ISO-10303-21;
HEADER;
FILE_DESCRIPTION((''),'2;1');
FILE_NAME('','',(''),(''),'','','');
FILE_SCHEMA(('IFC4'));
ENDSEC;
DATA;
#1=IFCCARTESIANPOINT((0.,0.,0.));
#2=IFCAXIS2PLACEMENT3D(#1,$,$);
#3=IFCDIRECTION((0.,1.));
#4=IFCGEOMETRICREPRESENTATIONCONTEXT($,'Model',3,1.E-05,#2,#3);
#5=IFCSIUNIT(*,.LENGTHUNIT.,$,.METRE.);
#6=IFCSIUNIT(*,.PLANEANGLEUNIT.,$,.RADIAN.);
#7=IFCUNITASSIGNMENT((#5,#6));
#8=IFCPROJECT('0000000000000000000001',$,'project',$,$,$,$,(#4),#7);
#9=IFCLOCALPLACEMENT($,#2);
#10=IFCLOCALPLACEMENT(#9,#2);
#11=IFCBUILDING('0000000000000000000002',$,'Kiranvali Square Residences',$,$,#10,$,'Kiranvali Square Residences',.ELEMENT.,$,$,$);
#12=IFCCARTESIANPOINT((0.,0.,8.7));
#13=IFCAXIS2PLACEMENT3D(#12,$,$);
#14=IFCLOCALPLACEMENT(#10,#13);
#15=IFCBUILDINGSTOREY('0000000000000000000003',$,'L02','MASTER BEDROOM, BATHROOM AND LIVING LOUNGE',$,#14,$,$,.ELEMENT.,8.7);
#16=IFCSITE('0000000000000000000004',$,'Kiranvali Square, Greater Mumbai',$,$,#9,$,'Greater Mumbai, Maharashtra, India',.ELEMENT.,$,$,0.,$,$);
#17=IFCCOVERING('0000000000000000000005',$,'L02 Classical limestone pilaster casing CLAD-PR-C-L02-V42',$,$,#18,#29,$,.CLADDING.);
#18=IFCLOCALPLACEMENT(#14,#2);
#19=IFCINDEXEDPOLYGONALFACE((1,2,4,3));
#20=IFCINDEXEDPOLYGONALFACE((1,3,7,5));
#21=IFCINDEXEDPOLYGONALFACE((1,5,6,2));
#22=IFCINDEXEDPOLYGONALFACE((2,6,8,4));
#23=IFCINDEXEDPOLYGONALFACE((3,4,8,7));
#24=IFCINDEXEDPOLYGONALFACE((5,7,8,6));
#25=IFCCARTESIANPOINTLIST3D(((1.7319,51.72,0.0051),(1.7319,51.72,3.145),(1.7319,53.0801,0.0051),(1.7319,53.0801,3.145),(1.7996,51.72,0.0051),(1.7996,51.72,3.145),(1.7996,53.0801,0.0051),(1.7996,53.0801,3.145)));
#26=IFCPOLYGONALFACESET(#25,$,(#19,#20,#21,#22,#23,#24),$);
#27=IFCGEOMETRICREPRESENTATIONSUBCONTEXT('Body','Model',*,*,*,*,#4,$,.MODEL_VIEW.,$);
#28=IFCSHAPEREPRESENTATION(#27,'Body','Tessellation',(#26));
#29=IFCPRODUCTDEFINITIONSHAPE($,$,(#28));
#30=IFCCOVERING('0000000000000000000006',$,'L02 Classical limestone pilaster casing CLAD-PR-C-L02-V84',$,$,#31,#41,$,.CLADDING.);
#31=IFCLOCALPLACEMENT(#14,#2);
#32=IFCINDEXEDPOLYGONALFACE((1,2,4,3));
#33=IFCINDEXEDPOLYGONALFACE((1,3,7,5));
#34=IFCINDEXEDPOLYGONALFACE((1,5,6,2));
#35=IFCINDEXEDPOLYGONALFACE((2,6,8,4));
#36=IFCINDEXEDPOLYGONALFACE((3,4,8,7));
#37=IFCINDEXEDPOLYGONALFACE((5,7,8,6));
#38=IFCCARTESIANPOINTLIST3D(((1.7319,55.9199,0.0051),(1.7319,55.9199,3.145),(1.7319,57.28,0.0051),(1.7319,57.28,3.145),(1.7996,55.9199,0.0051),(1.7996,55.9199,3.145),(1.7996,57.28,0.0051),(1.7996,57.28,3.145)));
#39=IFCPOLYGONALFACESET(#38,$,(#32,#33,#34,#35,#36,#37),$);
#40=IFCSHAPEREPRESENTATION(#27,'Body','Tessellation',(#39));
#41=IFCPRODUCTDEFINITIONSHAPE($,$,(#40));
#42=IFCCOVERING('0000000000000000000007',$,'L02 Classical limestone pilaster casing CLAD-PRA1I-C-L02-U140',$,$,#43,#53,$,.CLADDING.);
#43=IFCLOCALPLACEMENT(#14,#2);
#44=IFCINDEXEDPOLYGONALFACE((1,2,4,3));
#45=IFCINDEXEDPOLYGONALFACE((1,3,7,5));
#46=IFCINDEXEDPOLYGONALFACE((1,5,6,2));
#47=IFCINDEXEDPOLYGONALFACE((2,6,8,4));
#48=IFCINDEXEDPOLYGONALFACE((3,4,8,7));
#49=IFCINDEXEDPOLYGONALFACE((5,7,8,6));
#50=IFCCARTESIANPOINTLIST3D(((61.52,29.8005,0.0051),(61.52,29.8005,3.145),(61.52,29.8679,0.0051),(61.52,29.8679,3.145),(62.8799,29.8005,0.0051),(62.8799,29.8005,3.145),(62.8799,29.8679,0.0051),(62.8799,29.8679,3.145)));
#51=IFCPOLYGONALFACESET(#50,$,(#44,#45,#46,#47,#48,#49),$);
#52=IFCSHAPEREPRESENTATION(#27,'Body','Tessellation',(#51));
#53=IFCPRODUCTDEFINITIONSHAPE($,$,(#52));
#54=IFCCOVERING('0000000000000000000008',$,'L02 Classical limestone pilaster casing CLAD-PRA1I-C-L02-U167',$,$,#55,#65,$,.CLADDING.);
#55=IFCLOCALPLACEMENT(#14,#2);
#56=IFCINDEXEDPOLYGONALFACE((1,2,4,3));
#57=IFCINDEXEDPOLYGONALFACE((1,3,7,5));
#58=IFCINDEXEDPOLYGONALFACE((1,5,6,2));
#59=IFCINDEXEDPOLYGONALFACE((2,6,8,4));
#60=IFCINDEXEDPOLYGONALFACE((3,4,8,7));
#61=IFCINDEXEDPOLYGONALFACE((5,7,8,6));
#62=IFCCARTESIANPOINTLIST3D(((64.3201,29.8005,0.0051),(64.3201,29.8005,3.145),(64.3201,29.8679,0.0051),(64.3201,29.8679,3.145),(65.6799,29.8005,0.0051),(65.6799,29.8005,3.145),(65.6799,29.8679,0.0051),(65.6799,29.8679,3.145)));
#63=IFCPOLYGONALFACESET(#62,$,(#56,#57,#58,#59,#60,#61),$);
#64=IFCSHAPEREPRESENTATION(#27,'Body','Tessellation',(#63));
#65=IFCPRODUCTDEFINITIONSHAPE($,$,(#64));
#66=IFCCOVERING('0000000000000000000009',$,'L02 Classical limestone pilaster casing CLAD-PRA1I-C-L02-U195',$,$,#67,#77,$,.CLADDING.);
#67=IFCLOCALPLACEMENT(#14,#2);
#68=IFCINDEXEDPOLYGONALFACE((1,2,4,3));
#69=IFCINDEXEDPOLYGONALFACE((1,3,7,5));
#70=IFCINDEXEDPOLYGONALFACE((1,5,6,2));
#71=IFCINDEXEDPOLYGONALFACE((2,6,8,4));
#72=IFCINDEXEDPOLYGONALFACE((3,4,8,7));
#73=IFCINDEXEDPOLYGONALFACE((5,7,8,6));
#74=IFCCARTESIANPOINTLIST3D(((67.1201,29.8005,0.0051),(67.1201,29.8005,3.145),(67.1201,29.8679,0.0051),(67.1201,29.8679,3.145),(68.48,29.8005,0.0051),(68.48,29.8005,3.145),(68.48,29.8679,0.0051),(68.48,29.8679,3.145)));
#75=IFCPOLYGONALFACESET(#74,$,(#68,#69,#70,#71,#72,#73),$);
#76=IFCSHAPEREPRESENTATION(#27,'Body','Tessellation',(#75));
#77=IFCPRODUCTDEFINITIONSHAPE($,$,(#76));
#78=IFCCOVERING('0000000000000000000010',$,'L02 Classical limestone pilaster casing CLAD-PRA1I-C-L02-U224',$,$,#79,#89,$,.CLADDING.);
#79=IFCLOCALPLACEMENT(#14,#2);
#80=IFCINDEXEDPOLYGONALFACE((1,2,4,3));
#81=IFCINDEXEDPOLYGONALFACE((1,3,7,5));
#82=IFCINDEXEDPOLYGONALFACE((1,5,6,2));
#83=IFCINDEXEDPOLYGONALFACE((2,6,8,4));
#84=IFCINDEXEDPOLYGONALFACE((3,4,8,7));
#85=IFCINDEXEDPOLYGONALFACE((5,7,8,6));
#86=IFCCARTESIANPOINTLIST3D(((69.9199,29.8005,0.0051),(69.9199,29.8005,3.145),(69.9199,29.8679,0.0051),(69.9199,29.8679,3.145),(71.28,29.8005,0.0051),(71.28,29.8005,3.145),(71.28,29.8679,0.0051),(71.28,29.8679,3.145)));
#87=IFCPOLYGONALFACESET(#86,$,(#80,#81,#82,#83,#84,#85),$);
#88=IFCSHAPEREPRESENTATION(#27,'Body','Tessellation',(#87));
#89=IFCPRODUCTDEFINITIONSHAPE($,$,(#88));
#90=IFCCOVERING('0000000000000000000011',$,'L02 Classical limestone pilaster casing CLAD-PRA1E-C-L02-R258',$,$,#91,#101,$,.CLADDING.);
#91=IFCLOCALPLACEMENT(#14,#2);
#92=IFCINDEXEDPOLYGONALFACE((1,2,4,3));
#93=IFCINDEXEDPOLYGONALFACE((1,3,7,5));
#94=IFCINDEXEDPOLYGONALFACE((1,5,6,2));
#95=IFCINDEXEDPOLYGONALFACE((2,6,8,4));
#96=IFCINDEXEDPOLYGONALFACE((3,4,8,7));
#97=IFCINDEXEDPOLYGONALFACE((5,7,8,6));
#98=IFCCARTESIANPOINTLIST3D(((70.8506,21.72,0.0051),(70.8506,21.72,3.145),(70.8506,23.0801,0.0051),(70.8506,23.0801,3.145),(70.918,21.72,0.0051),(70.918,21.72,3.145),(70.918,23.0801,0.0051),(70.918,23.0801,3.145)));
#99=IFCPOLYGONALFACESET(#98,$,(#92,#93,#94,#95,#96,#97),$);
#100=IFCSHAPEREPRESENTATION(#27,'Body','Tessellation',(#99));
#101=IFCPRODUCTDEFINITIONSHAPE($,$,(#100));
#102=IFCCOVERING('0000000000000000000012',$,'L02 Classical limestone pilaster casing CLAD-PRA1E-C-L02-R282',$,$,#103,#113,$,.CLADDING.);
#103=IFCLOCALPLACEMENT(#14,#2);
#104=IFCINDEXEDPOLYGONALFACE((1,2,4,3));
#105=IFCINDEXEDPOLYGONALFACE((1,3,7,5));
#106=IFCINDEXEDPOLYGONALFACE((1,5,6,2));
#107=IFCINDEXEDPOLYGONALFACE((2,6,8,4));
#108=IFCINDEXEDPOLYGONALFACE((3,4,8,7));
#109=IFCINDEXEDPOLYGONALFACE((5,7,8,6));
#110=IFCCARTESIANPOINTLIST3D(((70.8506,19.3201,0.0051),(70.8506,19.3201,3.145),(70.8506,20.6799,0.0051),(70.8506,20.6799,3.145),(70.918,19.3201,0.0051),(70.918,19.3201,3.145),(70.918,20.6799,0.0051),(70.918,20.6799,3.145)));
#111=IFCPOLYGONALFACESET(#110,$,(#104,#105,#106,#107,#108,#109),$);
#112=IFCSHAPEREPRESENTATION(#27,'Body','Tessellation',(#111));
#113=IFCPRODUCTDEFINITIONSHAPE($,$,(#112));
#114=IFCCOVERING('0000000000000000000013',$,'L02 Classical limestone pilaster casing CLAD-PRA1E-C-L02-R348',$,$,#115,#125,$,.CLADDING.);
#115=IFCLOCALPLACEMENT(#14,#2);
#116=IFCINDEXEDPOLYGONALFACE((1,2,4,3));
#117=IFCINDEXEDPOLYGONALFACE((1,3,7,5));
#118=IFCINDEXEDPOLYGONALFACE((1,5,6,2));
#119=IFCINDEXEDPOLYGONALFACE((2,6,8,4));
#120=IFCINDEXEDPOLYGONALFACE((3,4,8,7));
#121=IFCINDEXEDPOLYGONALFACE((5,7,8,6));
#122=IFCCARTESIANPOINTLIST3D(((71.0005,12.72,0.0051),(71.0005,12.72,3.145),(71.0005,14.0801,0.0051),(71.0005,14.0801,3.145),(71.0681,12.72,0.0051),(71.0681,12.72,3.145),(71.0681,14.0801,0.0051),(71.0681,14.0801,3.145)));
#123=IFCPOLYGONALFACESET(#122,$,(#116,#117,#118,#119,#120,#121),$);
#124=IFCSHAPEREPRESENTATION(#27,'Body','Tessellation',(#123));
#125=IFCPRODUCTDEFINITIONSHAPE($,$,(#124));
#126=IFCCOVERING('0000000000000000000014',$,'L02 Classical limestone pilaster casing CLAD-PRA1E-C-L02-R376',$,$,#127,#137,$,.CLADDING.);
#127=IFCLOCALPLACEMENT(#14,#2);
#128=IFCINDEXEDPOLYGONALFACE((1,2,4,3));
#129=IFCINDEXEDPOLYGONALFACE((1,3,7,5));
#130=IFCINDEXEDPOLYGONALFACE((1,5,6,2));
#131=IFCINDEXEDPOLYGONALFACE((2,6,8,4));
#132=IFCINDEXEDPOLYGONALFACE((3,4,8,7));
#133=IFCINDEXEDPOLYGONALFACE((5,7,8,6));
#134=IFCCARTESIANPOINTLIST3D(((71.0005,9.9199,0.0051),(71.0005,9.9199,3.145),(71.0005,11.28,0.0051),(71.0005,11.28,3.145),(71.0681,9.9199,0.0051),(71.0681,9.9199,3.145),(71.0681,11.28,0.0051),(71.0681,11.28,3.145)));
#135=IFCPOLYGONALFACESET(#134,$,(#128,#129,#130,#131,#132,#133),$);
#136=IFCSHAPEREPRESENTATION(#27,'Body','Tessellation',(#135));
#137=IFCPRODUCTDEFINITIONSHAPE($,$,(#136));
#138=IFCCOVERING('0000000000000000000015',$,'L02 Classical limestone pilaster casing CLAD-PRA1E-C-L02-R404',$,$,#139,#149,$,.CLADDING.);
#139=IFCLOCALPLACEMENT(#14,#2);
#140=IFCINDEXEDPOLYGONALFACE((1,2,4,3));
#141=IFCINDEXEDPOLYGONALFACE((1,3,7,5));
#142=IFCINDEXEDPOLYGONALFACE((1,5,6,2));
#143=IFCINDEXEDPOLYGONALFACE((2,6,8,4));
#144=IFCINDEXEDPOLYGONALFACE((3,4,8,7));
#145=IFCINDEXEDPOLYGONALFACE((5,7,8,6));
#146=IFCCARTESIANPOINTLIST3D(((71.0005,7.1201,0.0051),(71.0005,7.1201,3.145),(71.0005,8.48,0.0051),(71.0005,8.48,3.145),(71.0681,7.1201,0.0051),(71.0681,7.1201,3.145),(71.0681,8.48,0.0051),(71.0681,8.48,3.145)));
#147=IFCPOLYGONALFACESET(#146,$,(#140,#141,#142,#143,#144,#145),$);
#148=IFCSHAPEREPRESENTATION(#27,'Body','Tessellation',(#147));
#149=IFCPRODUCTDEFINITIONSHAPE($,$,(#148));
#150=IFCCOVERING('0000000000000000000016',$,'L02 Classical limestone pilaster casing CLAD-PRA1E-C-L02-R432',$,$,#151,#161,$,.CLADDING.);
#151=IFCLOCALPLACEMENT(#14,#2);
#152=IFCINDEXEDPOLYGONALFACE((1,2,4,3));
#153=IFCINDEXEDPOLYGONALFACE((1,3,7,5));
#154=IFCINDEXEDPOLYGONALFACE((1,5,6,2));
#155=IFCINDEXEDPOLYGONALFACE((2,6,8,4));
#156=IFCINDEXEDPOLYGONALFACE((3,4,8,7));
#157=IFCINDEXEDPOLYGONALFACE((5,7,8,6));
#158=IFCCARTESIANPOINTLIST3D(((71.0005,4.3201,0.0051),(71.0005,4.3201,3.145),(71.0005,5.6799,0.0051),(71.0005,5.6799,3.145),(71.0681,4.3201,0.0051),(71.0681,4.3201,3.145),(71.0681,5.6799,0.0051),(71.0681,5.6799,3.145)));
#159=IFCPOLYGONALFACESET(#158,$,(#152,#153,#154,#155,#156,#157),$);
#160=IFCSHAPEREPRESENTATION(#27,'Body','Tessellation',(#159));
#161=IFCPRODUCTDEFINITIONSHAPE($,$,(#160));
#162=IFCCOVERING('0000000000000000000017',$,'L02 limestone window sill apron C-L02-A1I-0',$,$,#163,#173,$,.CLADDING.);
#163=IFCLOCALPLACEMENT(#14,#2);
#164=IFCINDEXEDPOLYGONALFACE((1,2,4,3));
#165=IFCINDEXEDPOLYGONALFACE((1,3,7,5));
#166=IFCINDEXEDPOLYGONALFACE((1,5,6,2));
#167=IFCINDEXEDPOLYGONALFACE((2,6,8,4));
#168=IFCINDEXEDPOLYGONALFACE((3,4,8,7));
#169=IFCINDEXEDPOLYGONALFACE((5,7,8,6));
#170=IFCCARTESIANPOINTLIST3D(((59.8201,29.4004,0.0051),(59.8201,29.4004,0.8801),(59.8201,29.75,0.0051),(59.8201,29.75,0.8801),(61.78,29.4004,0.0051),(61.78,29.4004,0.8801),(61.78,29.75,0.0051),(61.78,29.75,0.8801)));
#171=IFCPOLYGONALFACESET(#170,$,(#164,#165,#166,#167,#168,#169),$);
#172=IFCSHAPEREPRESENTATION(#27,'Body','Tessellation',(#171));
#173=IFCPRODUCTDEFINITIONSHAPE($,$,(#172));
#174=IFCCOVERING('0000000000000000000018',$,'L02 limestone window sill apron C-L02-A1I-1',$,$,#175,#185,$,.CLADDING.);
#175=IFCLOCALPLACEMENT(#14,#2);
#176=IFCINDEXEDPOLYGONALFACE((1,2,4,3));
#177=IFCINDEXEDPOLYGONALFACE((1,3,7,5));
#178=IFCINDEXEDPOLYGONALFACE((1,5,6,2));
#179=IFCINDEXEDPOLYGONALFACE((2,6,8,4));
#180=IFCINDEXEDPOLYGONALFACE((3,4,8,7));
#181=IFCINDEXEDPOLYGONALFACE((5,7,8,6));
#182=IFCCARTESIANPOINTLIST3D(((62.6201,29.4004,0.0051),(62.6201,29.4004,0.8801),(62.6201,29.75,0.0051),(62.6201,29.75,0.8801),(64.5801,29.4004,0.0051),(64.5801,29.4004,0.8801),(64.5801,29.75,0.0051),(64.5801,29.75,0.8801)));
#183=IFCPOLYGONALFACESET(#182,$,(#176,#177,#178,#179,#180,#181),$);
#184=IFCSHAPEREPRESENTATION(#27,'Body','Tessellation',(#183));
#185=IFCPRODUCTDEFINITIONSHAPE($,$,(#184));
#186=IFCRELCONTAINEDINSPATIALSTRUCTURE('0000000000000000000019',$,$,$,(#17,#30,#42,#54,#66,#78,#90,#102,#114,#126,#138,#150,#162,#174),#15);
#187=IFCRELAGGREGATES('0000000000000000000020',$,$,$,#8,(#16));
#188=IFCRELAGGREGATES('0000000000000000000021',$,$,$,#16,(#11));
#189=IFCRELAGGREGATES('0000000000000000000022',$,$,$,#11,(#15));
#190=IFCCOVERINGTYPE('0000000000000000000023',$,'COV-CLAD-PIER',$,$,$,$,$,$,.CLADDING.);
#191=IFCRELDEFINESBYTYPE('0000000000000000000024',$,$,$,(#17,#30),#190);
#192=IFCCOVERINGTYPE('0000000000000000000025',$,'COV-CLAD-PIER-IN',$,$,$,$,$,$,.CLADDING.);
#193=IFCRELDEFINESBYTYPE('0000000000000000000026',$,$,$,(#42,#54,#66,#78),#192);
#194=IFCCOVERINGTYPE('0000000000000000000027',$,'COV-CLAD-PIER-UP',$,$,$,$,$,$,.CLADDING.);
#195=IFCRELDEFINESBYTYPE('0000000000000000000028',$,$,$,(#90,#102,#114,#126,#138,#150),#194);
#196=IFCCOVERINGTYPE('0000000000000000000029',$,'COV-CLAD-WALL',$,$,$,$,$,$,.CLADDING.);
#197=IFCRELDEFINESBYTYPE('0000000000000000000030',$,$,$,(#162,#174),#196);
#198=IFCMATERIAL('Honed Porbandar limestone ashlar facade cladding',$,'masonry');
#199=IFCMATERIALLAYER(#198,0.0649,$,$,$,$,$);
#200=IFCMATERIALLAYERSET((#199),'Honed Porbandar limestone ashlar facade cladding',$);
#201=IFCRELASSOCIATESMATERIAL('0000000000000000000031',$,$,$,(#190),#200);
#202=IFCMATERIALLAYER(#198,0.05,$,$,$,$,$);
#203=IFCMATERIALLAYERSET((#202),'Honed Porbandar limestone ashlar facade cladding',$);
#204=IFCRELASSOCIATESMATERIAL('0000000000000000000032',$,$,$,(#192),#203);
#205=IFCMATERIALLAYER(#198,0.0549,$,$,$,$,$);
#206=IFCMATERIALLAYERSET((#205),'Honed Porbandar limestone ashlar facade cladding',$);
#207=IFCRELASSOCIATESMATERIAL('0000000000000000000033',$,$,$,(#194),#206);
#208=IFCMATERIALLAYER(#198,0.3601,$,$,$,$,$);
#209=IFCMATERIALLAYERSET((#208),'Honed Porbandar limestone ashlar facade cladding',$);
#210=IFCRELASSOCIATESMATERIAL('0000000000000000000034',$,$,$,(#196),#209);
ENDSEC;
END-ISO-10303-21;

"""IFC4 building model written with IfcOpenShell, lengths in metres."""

from ifc_helpers import new_model, si_unit, direction, frame, origin, place, context, subcontext, project, spatial, polyline, outline, extrude, material, layer, layer_set, type_object, element, save


model = new_model("IFC4")

# Units and contexts
model_context = context("Model", 3, precision=1e-05, world=origin(), true_north=direction((0.0, 1.0)))
body_context = subcontext(model_context, "Body", "Model", "MODEL_VIEW")
ifc_project = project(units=[si_unit("LENGTHUNIT", "METRE"), si_unit("PLANEANGLEUNIT", "RADIAN")], contexts=[model_context])

# Site, building, storey
site_placement = place(None, origin())
site = spatial("IfcSite", under=ifc_project, at=site_placement, Name="Kiranvali Square, Greater Mumbai", LongName="Greater Mumbai, Maharashtra, India", CompositionType="ELEMENT", RefElevation=0.0)
building_placement = place(site_placement, origin())
building = spatial("IfcBuilding", under=site, at=building_placement, Name="Kiranvali Square Residences", LongName="Kiranvali Square Residences", CompositionType="ELEMENT")
storey_placement = place(building_placement, frame((0.0, 0.0, 8.7)))
storey = spatial("IfcBuildingStorey", under=building, at=storey_placement, Name="L02", Description="MASTER BEDROOM, BATHROOM AND LIVING LOUNGE", CompositionType="ELEMENT", Elevation=8.7)

# Coverings
ifc_material = material(Name="Honed Porbandar limestone ashlar facade cladding", Category="masonry")
ifc_layer_1 = layer(ifc_material, 0.0649)
ifc_layer_set_1 = layer_set([ifc_layer_1], Name="Honed Porbandar limestone ashlar facade cladding")
covering_type_1 = type_object("IfcCoveringType", Name="COV-CLAD-PIER", PredefinedType="CLADDING", material=ifc_layer_set_1)
covering_1_placement = place(storey_placement, frame((0.0, 0.0, 0.0051)))
element("IfcCovering", 1, at=covering_1_placement, inside=storey, type_object=covering_type_1, Name="L02 Classical limestone pilaster casing CLAD-PR-C-L02-V42", PredefinedType="CLADDING", context=body_context, shape_type="SweptSolid", body=[
    extrude(outline(polyline([(1.7996, 51.72), (1.7996, 53.0801), (1.7319, 53.0801), (1.7319, 51.72), (1.7996, 51.72)])), origin(), (0.0, 0.0, 1.0), 3.1399),
])
covering_2_placement = place(storey_placement, frame((0.0, 0.0, 0.0051)))
element("IfcCovering", 2, at=covering_2_placement, inside=storey, type_object=covering_type_1, Name="L02 Classical limestone pilaster casing CLAD-PR-C-L02-V84", PredefinedType="CLADDING", context=body_context, shape_type="SweptSolid", body=[
    extrude(outline(polyline([(1.7996, 55.9199), (1.7996, 57.28), (1.7319, 57.28), (1.7319, 55.9199), (1.7996, 55.9199)])), origin(), (0.0, 0.0, 1.0), 3.1399),
])
ifc_layer_2 = layer(ifc_material, 0.05)
ifc_layer_set_2 = layer_set([ifc_layer_2], Name="Honed Porbandar limestone ashlar facade cladding")
covering_type_2 = type_object("IfcCoveringType", Name="COV-CLAD-PIER-IN", PredefinedType="CLADDING", material=ifc_layer_set_2)
covering_3_placement = place(storey_placement, frame((0.0, 0.0, 0.0051)))
element("IfcCovering", 3, at=covering_3_placement, inside=storey, type_object=covering_type_2, Name="L02 Classical limestone pilaster casing CLAD-PRA1I-C-L02-U140", PredefinedType="CLADDING", context=body_context, shape_type="SweptSolid", body=[
    extrude(outline(polyline([(61.52, 29.8005), (62.8799, 29.8005), (62.8799, 29.8679), (61.52, 29.8679), (61.52, 29.8005)])), origin(), (0.0, 0.0, 1.0), 3.1399),
])
covering_4_placement = place(storey_placement, frame((0.0, 0.0, 0.0051)))
element("IfcCovering", 4, at=covering_4_placement, inside=storey, type_object=covering_type_2, Name="L02 Classical limestone pilaster casing CLAD-PRA1I-C-L02-U167", PredefinedType="CLADDING", context=body_context, shape_type="SweptSolid", body=[
    extrude(outline(polyline([(64.3201, 29.8005), (65.6799, 29.8005), (65.6799, 29.8679), (64.3201, 29.8679), (64.3201, 29.8005)])), origin(), (0.0, 0.0, 1.0), 3.1399),
])
covering_5_placement = place(storey_placement, frame((0.0, 0.0, 0.0051)))
element("IfcCovering", 5, at=covering_5_placement, inside=storey, type_object=covering_type_2, Name="L02 Classical limestone pilaster casing CLAD-PRA1I-C-L02-U195", PredefinedType="CLADDING", context=body_context, shape_type="SweptSolid", body=[
    extrude(outline(polyline([(67.1201, 29.8005), (68.48, 29.8005), (68.48, 29.8679), (67.1201, 29.8679), (67.1201, 29.8005)])), origin(), (0.0, 0.0, 1.0), 3.1399),
])
covering_6_placement = place(storey_placement, frame((0.0, 0.0, 0.0051)))
element("IfcCovering", 6, at=covering_6_placement, inside=storey, type_object=covering_type_2, Name="L02 Classical limestone pilaster casing CLAD-PRA1I-C-L02-U224", PredefinedType="CLADDING", context=body_context, shape_type="SweptSolid", body=[
    extrude(outline(polyline([(69.9199, 29.8005), (71.28, 29.8005), (71.28, 29.8679), (69.9199, 29.8679), (69.9199, 29.8005)])), origin(), (0.0, 0.0, 1.0), 3.1399),
])
ifc_layer_3 = layer(ifc_material, 0.0549)
ifc_layer_set_3 = layer_set([ifc_layer_3], Name="Honed Porbandar limestone ashlar facade cladding")
covering_type_3 = type_object("IfcCoveringType", Name="COV-CLAD-PIER-UP", PredefinedType="CLADDING", material=ifc_layer_set_3)
covering_7_placement = place(storey_placement, frame((0.0, 0.0, 0.0051)))
element("IfcCovering", 7, at=covering_7_placement, inside=storey, type_object=covering_type_3, Name="L02 Classical limestone pilaster casing CLAD-PRA1E-C-L02-R258", PredefinedType="CLADDING", context=body_context, shape_type="SweptSolid", body=[
    extrude(outline(polyline([(70.8506, 23.0801), (70.8506, 21.72), (70.918, 21.72), (70.918, 23.0801), (70.8506, 23.0801)])), origin(), (0.0, 0.0, 1.0), 3.1399),
])
covering_8_placement = place(storey_placement, frame((0.0, 0.0, 0.0051)))
element("IfcCovering", 8, at=covering_8_placement, inside=storey, type_object=covering_type_3, Name="L02 Classical limestone pilaster casing CLAD-PRA1E-C-L02-R282", PredefinedType="CLADDING", context=body_context, shape_type="SweptSolid", body=[
    extrude(outline(polyline([(70.8506, 20.6799), (70.8506, 19.3201), (70.918, 19.3201), (70.918, 20.6799), (70.8506, 20.6799)])), origin(), (0.0, 0.0, 1.0), 3.1399),
])
covering_9_placement = place(storey_placement, frame((0.0, 0.0, 0.0051)))
element("IfcCovering", 9, at=covering_9_placement, inside=storey, type_object=covering_type_3, Name="L02 Classical limestone pilaster casing CLAD-PRA1E-C-L02-R348", PredefinedType="CLADDING", context=body_context, shape_type="SweptSolid", body=[
    extrude(outline(polyline([(71.0005, 14.0801), (71.0005, 12.72), (71.0681, 12.72), (71.0681, 14.0801), (71.0005, 14.0801)])), origin(), (0.0, 0.0, 1.0), 3.1399),
])
covering_10_placement = place(storey_placement, frame((0.0, 0.0, 0.0051)))
element("IfcCovering", 10, at=covering_10_placement, inside=storey, type_object=covering_type_3, Name="L02 Classical limestone pilaster casing CLAD-PRA1E-C-L02-R376", PredefinedType="CLADDING", context=body_context, shape_type="SweptSolid", body=[
    extrude(outline(polyline([(71.0005, 11.28), (71.0005, 9.9199), (71.0681, 9.9199), (71.0681, 11.28), (71.0005, 11.28)])), origin(), (0.0, 0.0, 1.0), 3.1399),
])
covering_11_placement = place(storey_placement, frame((0.0, 0.0, 0.0051)))
element("IfcCovering", 11, at=covering_11_placement, inside=storey, type_object=covering_type_3, Name="L02 Classical limestone pilaster casing CLAD-PRA1E-C-L02-R404", PredefinedType="CLADDING", context=body_context, shape_type="SweptSolid", body=[
    extrude(outline(polyline([(71.0005, 8.48), (71.0005, 7.1201), (71.0681, 7.1201), (71.0681, 8.48), (71.0005, 8.48)])), origin(), (0.0, 0.0, 1.0), 3.1399),
])
covering_12_placement = place(storey_placement, frame((0.0, 0.0, 0.0051)))
element("IfcCovering", 12, at=covering_12_placement, inside=storey, type_object=covering_type_3, Name="L02 Classical limestone pilaster casing CLAD-PRA1E-C-L02-R432", PredefinedType="CLADDING", context=body_context, shape_type="SweptSolid", body=[
    extrude(outline(polyline([(71.0005, 5.6799), (71.0005, 4.3201), (71.0681, 4.3201), (71.0681, 5.6799), (71.0005, 5.6799)])), origin(), (0.0, 0.0, 1.0), 3.1399),
])
ifc_layer_4 = layer(ifc_material, 0.3601)
ifc_layer_set_4 = layer_set([ifc_layer_4], Name="Honed Porbandar limestone ashlar facade cladding")
covering_type_4 = type_object("IfcCoveringType", Name="COV-CLAD-WALL", PredefinedType="CLADDING", material=ifc_layer_set_4)
covering_13_placement = place(storey_placement, frame((0.0, 0.0, 0.0051)))
element("IfcCovering", 13, at=covering_13_placement, inside=storey, type_object=covering_type_4, Name="L02 limestone window sill apron C-L02-A1I-0", PredefinedType="CLADDING", context=body_context, shape_type="SweptSolid", body=[
    extrude(outline(polyline([(59.8201, 29.4004), (61.78, 29.4004), (61.78, 29.75), (59.8201, 29.75), (59.8201, 29.4004)])), origin(), (0.0, 0.0, 1.0), 0.875),
])
covering_14_placement = place(storey_placement, frame((0.0, 0.0, 0.0051)))
element("IfcCovering", 14, at=covering_14_placement, inside=storey, type_object=covering_type_4, Name="L02 limestone window sill apron C-L02-A1I-1", PredefinedType="CLADDING", context=body_context, shape_type="SweptSolid", body=[
    extrude(outline(polyline([(62.6201, 29.4004), (64.5801, 29.4004), (64.5801, 29.75), (62.6201, 29.75), (62.6201, 29.4004)])), origin(), (0.0, 0.0, 1.0), 0.875),
])

save(model, "model.ifc")
